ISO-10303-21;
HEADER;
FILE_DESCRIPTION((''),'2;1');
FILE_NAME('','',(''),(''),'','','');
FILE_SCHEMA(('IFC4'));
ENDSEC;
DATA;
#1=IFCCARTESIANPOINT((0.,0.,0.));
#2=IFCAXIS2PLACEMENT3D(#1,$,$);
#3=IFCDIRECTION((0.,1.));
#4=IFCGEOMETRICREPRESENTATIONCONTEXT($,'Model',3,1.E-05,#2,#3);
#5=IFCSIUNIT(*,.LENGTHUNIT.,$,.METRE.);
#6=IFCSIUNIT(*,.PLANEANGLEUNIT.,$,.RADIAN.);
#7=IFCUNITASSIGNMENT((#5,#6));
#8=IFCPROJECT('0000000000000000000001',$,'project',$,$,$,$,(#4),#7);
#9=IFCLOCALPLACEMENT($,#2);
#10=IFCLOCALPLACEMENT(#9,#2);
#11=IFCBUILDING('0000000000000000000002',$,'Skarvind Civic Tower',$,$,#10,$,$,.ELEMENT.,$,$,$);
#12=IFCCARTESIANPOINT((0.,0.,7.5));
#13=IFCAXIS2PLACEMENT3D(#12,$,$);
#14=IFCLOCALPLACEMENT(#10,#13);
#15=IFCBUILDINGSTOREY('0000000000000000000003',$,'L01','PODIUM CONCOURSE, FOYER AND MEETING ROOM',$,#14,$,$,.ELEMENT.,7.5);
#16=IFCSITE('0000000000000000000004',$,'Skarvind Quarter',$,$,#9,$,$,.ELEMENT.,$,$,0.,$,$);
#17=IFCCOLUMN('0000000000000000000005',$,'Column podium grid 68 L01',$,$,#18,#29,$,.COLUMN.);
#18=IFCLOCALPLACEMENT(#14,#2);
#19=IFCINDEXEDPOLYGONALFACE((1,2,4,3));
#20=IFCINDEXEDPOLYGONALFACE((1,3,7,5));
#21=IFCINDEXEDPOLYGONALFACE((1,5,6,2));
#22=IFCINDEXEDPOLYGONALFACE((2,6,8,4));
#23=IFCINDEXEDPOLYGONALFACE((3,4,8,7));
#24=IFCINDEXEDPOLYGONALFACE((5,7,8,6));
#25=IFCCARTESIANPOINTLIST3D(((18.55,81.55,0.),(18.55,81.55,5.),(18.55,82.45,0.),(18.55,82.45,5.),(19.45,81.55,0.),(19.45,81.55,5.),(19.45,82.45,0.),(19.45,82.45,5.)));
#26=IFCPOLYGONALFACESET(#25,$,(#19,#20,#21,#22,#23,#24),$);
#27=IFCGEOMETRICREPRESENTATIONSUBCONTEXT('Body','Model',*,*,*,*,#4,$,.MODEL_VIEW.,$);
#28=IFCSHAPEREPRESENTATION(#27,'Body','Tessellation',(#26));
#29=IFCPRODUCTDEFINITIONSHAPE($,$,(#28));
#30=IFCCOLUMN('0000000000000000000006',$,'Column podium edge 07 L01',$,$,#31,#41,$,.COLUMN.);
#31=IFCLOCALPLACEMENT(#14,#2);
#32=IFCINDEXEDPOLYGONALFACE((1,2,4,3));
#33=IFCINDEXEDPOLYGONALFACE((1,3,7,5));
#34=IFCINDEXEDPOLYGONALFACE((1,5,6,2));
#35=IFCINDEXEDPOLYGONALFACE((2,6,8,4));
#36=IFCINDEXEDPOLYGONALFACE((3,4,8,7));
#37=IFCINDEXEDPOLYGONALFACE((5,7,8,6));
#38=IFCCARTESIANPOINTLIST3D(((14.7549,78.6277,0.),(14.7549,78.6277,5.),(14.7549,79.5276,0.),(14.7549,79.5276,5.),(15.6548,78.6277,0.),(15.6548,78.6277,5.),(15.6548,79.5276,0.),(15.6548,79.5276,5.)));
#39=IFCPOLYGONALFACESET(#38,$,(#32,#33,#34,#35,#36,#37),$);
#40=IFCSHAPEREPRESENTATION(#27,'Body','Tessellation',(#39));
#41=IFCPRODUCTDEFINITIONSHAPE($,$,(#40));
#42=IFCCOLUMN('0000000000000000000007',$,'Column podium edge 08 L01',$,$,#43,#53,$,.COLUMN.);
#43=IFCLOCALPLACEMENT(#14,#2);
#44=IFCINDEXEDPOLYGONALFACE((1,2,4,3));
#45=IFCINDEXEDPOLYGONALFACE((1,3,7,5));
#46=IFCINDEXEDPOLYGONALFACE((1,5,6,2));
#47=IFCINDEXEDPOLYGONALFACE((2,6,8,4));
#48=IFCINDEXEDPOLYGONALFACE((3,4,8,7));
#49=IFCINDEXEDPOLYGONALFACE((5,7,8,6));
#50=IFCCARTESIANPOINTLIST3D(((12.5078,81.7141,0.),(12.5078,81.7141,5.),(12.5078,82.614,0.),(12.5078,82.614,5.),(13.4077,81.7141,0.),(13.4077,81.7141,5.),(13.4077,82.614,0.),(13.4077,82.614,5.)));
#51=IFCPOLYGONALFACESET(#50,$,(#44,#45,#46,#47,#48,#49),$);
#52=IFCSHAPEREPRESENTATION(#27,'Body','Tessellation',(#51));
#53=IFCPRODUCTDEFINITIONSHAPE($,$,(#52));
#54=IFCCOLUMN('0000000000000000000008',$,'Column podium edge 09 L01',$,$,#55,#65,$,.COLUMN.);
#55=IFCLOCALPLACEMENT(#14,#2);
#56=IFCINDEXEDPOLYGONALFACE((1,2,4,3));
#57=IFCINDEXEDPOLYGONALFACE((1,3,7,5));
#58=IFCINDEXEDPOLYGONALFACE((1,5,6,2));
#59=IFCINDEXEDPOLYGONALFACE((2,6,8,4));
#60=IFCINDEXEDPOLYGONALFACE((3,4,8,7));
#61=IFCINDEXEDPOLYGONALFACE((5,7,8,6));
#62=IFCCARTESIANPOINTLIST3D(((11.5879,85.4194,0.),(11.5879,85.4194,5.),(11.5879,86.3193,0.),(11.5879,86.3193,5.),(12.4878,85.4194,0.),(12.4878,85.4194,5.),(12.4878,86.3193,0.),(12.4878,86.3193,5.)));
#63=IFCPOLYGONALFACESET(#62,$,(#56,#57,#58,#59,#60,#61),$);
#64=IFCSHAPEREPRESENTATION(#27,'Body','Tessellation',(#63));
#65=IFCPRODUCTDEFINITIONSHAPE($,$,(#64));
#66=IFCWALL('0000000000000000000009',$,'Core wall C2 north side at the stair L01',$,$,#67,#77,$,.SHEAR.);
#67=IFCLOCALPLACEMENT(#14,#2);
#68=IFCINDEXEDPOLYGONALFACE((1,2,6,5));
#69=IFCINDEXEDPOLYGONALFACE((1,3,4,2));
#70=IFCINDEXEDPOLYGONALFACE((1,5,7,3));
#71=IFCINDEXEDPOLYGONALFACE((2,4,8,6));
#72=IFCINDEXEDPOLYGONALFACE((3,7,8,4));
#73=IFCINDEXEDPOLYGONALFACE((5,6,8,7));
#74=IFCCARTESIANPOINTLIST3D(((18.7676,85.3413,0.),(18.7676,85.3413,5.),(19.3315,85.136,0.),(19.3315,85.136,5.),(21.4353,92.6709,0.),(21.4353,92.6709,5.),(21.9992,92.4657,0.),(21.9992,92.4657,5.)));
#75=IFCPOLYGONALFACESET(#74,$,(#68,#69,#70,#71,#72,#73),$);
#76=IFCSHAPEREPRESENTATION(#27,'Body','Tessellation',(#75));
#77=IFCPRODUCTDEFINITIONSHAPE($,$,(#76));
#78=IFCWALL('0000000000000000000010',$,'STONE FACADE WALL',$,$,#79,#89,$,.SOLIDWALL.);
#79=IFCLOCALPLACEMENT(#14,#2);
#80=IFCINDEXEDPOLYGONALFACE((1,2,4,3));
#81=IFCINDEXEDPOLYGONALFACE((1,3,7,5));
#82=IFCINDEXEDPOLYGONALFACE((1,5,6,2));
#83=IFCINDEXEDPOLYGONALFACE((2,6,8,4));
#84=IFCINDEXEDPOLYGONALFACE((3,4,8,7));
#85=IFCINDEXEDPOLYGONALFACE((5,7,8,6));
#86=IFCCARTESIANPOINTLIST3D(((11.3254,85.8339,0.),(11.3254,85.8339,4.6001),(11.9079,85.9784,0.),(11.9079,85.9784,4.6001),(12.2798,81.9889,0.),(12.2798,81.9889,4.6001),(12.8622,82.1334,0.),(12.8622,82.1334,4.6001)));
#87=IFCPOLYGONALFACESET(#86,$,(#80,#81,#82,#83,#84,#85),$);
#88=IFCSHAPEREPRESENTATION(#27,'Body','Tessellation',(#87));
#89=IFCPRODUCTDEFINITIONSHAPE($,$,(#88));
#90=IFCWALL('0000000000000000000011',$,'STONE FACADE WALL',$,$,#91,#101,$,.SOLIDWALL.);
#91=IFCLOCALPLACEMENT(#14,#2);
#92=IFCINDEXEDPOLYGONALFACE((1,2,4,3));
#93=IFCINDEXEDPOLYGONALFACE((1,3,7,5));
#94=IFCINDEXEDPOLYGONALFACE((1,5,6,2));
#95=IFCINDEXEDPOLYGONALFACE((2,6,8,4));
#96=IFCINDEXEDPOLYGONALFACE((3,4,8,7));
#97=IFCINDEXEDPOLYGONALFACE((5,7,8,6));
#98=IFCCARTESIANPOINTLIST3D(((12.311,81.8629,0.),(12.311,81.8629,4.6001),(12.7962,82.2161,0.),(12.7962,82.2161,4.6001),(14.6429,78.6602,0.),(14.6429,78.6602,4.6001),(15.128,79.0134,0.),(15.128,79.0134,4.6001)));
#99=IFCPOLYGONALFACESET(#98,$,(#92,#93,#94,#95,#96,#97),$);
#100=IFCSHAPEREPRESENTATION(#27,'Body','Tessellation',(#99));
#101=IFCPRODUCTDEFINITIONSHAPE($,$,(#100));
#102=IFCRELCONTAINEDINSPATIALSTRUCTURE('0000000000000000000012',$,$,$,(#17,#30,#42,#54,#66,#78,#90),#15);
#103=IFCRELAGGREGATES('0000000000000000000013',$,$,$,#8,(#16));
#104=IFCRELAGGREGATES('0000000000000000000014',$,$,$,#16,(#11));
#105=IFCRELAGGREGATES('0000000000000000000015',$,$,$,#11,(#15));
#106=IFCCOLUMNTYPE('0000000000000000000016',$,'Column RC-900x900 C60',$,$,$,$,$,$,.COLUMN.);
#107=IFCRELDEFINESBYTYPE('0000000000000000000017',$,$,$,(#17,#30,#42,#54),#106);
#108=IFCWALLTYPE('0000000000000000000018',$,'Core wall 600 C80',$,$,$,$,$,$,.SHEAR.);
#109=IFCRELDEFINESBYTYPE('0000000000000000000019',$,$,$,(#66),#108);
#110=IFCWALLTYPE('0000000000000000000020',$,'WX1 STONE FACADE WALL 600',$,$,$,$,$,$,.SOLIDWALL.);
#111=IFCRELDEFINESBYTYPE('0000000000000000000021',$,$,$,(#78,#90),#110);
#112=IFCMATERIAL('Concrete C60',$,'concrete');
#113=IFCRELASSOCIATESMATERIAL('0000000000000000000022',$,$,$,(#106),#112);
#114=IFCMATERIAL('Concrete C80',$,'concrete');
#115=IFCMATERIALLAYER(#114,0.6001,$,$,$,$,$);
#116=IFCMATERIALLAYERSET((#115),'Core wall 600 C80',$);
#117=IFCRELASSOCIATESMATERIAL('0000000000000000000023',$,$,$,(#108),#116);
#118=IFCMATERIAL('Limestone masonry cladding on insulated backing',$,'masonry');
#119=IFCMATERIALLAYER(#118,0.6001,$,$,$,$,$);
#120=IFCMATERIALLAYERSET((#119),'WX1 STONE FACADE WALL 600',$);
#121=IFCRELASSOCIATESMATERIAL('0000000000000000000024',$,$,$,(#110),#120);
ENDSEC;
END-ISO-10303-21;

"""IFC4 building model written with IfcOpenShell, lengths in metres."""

from ifc_helpers import new_model, si_unit, direction, frame, frame_2d, origin, origin_2d, place, context, subcontext, project, spatial, rectangle, extrude, material, layer, layer_set, material_profile, profile_set, type_object, element, save


model = new_model("IFC4")

# Units and contexts
model_context = context("Model", 3, precision=1e-05, world=origin(), true_north=direction((0.0, 1.0)))
body_context = subcontext(model_context, "Body", "Model", "MODEL_VIEW")
ifc_project = project(units=[si_unit("LENGTHUNIT", "METRE"), si_unit("PLANEANGLEUNIT", "RADIAN")], contexts=[model_context])

# Site, building, storey
site_placement = place(None, origin())
site = spatial("IfcSite", under=ifc_project, at=site_placement, Name="Skarvind Quarter", CompositionType="ELEMENT", RefElevation=0.0)
building_placement = place(site_placement, origin())
building = spatial("IfcBuilding", under=site, at=building_placement, Name="Skarvind Civic Tower", CompositionType="ELEMENT")
storey_placement = place(building_placement, frame((0.0, 0.0, 7.5)))
storey = spatial("IfcBuildingStorey", under=building, at=storey_placement, Name="L01", Description="PODIUM CONCOURSE, FOYER AND MEETING ROOM", CompositionType="ELEMENT", Elevation=7.5)

# Columns
ifc_material_1 = material(Name="Concrete C60", Category="concrete")
ifc_material_profile = material_profile(ifc_material_1, rectangle(XDim=0.8999, YDim=0.8999, at=origin_2d()), Name="RC-900x900")
ifc_profile_set = profile_set([ifc_material_profile], Name="Concrete C60")
column_type = type_object("IfcColumnType", Name="Column RC-900x900 C60", PredefinedType="COLUMN", material=ifc_profile_set)
for number, where, z_axis, x_axis, name in (
    (1, (19.0, 82.0, 0.0), (0.0, 0.0, 1.0), (1.0, 0.0, 0.0), "Column podium grid 68 L01"),
    (2, (15.2048, 79.0776, 0.0), (0.0, 0.0, 1.0), (1.0, 0.0, 0.0), "Column podium edge 07 L01"),
    (3, (12.9578, 82.1641, 0.0), (0.0, 0.0, 1.0), (1.0, 0.0, 0.0), "Column podium edge 08 L01"),
    (4, (12.0378, 85.8694, 0.0), (0.0, 0.0, 1.0), (1.0, 0.0, 0.0), "Column podium edge 09 L01"),
):
    element("IfcColumn", number, at=place(storey_placement, frame(where, z_axis=z_axis, x_axis=x_axis)), inside=storey, type_object=column_type, Name=name, PredefinedType="COLUMN", context=body_context, shape_type="SweptSolid", body=[
        extrude(rectangle(XDim=0.8999, YDim=0.8999, at=origin_2d()), origin(), (0.0, 0.0, 1.0), 5.0),
    ])

# Walls
ifc_material_2 = material(Name="Concrete C80", Category="concrete")
ifc_layer_1 = layer(ifc_material_2, 0.6001)
ifc_layer_set_1 = layer_set([ifc_layer_1], Name="Core wall 600 C80")
wall_type_1 = type_object("IfcWallType", Name="Core wall 600 C80", PredefinedType="SHEAR", material=ifc_layer_set_1)
wall_placement = place(storey_placement, frame((19.0496, 85.2388, 0.0), z_axis=(0.0, 0.0, 1.0), x_axis=(0.342017, 0.939694, 0.0)))
element("IfcWall", 5, at=wall_placement, inside=storey, type_object=wall_type_1, Name="Core wall C2 north side at the stair L01", PredefinedType="SHEAR", context=body_context, shape_type="SweptSolid", body=[
    extrude(rectangle(XDim=7.8, YDim=0.6001, at=frame_2d((3.8999, 0.0))), origin(), (0.0, 0.0, 1.0), 5.0),
])
ifc_material_3 = material(Name="Limestone masonry cladding on insulated backing", Category="masonry")
ifc_layer_2 = layer(ifc_material_3, 0.6001)
ifc_layer_set_2 = layer_set([ifc_layer_2], Name="WX1 STONE FACADE WALL 600")
wall_type_2 = type_object("IfcWallType", Name="WX1 STONE FACADE WALL 600", PredefinedType="SOLIDWALL", material=ifc_layer_set_2)
for number, where, z_axis, x_axis, name in (
    (6, (12.571, 82.061, 0.0), (0.0, 0.0, 1.0), (-0.240897, 0.970551, 0.0), "STONE FACADE WALL"),
    (7, (14.8855, 78.8367, 0.0), (0.0, 0.0, 1.0), (-0.5886, 0.808424, 0.0), "STONE FACADE WALL"),
):
    element("IfcWall", number, at=place(storey_placement, frame(where, z_axis=z_axis, x_axis=x_axis)), inside=storey, type_object=wall_type_2, Name=name, PredefinedType="SOLIDWALL", context=body_context, shape_type="SweptSolid", body=[
        extrude(rectangle(XDim=3.9617, YDim=0.6001, at=frame_2d((1.981, 0.0))), origin(), (0.0, 0.0, 1.0), 4.6001),
    ])

save(model, "model.ifc")
